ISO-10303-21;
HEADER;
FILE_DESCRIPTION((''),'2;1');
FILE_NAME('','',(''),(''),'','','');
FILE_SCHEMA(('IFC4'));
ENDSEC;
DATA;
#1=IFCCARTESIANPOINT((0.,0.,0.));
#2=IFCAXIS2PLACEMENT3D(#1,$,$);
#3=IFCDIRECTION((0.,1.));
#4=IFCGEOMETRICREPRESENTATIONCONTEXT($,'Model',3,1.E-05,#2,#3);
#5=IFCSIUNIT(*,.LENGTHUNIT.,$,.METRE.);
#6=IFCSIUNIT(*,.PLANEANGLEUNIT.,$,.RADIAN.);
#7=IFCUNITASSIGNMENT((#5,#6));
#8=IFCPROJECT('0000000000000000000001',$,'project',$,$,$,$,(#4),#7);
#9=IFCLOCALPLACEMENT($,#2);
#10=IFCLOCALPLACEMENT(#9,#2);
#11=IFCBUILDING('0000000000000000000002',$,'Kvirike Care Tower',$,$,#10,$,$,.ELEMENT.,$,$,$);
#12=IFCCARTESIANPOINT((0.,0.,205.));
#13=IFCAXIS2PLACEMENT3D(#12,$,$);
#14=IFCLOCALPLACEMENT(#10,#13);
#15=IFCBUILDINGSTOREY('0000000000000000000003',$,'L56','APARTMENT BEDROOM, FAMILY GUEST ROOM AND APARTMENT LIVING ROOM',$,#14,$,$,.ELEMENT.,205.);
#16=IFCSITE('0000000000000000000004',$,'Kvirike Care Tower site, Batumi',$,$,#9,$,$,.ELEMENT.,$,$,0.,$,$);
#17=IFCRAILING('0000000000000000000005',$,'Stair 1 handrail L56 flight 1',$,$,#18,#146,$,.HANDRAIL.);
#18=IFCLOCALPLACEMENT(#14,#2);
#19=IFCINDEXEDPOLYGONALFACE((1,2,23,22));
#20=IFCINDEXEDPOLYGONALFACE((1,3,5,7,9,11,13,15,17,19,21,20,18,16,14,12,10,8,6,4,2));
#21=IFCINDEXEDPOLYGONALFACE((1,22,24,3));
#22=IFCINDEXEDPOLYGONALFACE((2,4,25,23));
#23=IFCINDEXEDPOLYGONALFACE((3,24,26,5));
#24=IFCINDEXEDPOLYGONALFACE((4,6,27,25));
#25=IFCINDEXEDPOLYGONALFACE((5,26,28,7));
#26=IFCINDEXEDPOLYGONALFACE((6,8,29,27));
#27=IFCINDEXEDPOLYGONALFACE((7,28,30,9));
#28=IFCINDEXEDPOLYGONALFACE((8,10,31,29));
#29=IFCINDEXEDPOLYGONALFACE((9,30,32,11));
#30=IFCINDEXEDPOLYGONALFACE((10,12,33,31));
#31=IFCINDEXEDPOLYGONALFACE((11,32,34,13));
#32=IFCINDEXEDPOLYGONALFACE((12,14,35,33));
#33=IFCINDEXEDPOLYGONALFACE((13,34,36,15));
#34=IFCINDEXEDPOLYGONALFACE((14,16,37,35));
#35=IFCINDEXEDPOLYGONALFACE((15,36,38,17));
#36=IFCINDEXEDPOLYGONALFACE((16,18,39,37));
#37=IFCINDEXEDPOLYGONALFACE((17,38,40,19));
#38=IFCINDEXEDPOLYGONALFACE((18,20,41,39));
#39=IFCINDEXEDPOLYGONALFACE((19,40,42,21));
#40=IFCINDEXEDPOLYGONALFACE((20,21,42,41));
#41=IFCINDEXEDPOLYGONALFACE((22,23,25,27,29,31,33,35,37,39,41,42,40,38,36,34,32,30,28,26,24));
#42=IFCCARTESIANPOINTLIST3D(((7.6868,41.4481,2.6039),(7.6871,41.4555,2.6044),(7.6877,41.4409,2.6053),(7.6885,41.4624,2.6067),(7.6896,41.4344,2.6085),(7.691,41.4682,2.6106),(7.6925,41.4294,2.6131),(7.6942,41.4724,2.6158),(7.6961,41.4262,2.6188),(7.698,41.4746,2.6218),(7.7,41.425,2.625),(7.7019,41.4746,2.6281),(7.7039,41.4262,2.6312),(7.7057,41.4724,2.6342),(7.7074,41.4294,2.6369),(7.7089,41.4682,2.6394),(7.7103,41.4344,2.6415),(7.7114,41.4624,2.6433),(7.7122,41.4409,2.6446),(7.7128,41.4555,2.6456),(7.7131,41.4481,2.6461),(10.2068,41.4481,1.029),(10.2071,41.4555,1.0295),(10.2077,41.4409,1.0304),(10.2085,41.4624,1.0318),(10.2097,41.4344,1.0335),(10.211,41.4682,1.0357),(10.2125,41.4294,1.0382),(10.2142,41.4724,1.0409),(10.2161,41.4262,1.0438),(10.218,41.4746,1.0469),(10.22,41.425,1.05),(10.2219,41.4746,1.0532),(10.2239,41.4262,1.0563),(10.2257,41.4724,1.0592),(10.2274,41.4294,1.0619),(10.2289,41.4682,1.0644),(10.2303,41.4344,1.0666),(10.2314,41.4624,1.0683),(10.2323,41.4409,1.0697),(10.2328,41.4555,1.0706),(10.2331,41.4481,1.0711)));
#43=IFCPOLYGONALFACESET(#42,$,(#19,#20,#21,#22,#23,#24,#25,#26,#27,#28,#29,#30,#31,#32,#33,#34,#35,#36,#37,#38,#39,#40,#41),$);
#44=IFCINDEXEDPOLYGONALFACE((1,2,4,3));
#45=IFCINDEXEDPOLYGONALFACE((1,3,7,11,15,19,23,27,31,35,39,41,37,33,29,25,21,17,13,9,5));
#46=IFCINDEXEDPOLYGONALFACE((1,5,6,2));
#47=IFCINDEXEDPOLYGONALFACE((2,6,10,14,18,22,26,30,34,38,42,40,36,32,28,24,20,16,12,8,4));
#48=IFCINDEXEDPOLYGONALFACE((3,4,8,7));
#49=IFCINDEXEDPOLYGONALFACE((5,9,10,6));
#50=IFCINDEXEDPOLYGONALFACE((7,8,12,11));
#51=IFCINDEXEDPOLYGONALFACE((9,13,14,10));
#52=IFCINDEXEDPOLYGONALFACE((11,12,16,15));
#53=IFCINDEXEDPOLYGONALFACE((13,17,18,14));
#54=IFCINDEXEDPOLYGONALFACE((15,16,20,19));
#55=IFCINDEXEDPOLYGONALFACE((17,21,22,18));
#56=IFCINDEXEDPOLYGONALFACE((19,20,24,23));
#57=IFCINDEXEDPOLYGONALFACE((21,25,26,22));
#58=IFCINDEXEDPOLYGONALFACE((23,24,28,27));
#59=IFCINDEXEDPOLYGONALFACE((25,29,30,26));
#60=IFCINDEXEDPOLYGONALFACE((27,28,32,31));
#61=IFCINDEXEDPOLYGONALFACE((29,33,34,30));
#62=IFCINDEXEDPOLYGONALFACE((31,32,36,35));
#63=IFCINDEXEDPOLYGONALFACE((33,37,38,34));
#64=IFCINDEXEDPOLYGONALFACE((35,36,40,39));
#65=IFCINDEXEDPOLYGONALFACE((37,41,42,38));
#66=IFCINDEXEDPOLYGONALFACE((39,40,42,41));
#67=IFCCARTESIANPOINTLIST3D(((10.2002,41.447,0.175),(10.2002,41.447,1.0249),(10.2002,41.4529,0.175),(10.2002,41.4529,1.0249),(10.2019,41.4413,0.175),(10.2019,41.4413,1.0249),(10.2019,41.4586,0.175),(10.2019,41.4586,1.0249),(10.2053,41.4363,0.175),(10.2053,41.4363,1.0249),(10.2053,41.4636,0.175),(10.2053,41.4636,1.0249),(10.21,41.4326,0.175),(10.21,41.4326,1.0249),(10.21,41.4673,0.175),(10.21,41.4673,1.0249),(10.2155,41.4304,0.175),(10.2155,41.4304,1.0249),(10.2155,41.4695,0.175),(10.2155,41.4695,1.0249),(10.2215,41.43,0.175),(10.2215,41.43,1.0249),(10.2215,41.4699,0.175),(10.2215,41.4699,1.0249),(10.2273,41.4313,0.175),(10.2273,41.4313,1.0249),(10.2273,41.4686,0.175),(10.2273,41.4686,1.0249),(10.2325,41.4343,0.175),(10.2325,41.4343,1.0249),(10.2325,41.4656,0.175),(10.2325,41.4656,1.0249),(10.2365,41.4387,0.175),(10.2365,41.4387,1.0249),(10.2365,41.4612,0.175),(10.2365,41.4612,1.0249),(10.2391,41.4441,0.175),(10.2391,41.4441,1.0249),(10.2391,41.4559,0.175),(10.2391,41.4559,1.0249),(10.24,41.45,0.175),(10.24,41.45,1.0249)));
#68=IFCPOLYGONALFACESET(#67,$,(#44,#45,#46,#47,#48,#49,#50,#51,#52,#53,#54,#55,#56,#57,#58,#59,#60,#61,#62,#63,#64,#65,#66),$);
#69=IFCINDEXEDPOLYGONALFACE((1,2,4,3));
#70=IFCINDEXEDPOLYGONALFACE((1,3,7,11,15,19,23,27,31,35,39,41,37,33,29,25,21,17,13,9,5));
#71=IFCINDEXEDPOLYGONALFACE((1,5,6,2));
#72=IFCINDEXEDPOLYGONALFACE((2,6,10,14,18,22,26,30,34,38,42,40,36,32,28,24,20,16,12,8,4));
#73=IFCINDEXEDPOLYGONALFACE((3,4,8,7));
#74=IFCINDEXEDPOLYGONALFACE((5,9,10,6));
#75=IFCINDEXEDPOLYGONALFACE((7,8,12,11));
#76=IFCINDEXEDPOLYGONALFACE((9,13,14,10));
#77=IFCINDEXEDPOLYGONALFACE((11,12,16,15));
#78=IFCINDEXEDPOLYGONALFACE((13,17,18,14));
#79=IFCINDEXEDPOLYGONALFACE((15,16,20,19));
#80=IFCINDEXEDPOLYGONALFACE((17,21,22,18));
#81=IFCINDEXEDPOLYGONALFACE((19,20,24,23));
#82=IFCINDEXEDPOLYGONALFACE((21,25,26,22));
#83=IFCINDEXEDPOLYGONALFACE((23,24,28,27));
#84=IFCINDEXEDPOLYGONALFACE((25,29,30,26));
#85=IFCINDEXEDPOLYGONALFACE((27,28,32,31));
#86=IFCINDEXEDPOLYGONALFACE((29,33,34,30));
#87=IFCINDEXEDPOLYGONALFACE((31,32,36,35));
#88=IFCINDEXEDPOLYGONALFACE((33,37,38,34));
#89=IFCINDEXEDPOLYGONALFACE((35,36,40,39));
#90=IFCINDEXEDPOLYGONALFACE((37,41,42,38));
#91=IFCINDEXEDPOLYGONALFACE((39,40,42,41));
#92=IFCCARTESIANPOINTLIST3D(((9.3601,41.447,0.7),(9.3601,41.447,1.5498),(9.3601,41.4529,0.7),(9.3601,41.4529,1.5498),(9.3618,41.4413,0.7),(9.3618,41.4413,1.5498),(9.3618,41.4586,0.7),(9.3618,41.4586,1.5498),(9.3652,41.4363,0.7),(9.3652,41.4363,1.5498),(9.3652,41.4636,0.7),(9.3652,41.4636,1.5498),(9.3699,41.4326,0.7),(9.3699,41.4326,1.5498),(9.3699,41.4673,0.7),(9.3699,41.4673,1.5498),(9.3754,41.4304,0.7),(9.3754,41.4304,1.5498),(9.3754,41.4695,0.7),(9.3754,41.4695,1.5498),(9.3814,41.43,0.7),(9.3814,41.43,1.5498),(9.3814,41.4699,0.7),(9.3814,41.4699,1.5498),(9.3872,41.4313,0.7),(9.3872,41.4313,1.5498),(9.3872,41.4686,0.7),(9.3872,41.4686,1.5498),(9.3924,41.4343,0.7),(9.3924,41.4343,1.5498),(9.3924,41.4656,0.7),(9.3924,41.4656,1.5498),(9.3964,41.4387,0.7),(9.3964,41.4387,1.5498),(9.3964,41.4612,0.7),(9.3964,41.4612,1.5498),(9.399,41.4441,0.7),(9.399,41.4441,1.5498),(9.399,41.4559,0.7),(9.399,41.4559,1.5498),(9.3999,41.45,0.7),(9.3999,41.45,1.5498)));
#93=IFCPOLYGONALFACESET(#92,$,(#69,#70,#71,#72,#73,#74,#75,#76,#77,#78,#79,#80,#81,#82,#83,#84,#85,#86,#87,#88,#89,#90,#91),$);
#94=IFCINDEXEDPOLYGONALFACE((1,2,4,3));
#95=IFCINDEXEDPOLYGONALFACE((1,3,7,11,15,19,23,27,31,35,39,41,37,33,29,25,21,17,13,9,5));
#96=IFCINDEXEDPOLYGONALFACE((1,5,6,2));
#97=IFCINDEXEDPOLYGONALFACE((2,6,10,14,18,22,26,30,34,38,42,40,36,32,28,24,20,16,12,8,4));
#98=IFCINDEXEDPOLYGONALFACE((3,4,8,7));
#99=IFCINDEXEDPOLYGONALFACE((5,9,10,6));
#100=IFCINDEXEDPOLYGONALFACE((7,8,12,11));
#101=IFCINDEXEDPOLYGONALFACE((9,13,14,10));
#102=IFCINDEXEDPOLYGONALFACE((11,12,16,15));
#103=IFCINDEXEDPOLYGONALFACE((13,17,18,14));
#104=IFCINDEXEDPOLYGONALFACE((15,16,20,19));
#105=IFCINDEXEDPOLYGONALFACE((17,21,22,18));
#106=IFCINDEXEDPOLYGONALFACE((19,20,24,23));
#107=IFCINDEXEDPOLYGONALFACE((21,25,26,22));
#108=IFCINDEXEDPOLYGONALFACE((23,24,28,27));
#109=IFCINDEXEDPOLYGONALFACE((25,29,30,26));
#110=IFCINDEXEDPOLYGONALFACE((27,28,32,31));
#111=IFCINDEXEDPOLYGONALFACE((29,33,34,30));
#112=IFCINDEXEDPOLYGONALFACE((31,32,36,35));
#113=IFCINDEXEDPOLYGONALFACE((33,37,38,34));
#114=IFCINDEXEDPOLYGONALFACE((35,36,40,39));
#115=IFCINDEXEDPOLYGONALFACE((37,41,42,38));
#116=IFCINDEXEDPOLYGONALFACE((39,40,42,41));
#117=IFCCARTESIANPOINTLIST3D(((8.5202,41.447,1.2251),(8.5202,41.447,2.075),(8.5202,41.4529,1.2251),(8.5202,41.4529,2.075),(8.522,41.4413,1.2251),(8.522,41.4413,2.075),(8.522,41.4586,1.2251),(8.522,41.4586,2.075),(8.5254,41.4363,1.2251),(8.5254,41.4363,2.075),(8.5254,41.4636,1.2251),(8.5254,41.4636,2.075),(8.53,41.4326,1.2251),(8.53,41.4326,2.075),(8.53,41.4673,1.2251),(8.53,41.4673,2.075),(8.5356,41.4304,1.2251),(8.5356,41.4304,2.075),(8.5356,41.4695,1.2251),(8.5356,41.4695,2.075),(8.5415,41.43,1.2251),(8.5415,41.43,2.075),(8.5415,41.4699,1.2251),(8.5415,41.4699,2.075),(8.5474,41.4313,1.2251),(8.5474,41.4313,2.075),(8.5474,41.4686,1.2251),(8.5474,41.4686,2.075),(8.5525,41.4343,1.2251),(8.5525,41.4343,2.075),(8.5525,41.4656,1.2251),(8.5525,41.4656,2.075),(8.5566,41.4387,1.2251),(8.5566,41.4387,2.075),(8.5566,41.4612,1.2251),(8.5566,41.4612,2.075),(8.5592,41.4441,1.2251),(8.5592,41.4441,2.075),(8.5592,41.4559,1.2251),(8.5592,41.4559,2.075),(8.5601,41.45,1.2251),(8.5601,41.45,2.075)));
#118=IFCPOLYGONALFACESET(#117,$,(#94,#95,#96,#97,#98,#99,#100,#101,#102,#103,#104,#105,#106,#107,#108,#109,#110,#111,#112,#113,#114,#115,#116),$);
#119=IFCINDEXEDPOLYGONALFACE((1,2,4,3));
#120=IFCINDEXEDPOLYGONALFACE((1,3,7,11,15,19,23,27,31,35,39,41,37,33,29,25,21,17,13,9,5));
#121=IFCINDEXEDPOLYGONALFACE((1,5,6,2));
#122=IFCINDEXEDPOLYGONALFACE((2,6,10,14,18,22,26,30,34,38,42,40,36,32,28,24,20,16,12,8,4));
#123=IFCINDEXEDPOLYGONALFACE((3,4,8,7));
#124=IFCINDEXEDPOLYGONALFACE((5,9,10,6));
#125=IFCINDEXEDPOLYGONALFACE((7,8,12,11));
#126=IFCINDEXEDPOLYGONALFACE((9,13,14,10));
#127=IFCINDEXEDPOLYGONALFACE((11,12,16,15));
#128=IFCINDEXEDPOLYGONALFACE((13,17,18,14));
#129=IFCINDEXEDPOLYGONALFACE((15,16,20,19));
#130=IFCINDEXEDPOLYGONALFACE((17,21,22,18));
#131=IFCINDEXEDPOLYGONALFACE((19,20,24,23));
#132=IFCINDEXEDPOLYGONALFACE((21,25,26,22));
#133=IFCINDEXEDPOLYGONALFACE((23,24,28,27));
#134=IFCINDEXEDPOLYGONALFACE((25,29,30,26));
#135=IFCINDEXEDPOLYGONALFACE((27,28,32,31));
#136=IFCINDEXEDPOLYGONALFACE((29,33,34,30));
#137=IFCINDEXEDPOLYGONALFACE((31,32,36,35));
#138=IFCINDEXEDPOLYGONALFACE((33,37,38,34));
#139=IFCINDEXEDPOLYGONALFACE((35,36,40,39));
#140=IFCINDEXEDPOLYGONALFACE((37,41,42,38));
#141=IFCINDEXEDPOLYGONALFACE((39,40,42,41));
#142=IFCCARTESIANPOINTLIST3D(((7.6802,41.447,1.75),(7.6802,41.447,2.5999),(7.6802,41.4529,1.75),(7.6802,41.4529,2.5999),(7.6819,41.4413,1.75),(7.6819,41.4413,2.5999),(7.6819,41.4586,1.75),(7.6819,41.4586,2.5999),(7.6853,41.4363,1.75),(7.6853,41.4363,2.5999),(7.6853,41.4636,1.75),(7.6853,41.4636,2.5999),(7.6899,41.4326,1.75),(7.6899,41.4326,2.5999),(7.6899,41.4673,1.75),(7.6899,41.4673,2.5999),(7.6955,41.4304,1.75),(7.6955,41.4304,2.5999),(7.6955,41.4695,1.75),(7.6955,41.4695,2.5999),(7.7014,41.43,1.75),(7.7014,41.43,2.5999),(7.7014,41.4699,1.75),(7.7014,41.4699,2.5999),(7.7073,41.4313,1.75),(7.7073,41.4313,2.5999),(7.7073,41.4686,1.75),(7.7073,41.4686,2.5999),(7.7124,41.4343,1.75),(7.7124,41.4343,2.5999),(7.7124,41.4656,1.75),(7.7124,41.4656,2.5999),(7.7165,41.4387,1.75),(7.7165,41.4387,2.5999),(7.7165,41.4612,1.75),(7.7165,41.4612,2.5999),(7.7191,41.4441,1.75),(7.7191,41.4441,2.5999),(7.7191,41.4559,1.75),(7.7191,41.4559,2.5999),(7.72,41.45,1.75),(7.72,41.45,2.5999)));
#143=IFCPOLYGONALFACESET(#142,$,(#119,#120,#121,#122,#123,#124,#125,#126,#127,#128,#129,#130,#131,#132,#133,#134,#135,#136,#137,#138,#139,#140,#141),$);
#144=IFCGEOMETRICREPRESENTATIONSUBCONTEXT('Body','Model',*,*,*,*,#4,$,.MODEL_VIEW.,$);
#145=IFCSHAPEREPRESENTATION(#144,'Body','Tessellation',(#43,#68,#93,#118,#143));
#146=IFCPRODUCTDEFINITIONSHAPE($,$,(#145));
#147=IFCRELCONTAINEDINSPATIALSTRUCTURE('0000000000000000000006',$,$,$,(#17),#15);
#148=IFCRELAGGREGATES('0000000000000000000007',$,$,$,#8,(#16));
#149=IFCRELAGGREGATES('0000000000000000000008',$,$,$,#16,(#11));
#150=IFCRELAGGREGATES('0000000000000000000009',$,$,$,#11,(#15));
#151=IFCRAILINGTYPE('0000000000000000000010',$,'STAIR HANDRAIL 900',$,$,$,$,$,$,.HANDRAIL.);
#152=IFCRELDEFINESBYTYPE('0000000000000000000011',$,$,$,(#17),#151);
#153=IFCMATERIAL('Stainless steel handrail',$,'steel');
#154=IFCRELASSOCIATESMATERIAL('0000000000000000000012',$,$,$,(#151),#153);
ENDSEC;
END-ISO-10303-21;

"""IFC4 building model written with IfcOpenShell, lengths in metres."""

from ifc_helpers import new_model, si_unit, direction, frame, origin, origin_2d, place, context, subcontext, project, spatial, circle, extrude, material, type_object, element, save


model = new_model("IFC4")

# Units and contexts
model_context = context("Model", 3, precision=1e-05, world=origin(), true_north=direction((0.0, 1.0)))
body_context = subcontext(model_context, "Body", "Model", "MODEL_VIEW")
ifc_project = project(units=[si_unit("LENGTHUNIT", "METRE"), si_unit("PLANEANGLEUNIT", "RADIAN")], contexts=[model_context])

# Site, building, storey
site_placement = place(None, origin())
site = spatial("IfcSite", under=ifc_project, at=site_placement, Name="Kvirike Care Tower site, Batumi", CompositionType="ELEMENT", RefElevation=0.0)
building_placement = place(site_placement, origin())
building = spatial("IfcBuilding", under=site, at=building_placement, Name="Kvirike Care Tower", CompositionType="ELEMENT")
storey_placement = place(building_placement, frame((0.0, 0.0, 205.0)))
storey = spatial("IfcBuildingStorey", under=building, at=storey_placement, Name="L56", Description="APARTMENT BEDROOM, FAMILY GUEST ROOM AND APARTMENT LIVING ROOM", CompositionType="ELEMENT", Elevation=205.0)

# Railing
ifc_material_1 = material(Name="Stainless steel handrail", Category="steel")
railing_type = type_object("IfcRailingType", Name="STAIR HANDRAIL 900", PredefinedType="HANDRAIL", material=ifc_material_1)
railing_1_placement = place(storey_placement, frame((10.22, 41.45, 0.175)))
element("IfcRailing", 1, at=railing_1_placement, inside=storey, type_object=railing_type, Name="Stair 1 handrail L56 flight 1", PredefinedType="HANDRAIL", context=body_context, shape_type="SweptSolid", body=[
    extrude(circle(Radius=0.0249, at=origin_2d()), frame((0.0, 0.0, 0.875), z_axis=(-0.848008, 0.0, 0.529984), x_axis=(0.0, -1.0, 0.0)), (0.0, 0.0, 1.0), 2.9717),
    extrude(circle(Radius=0.02, at=origin_2d()), origin(), (0.0, 0.0, 1.0), 0.8499),
    extrude(circle(Radius=0.02, at=origin_2d()), frame((-0.8401, 0.0, 0.5249)), (0.0, 0.0, 1.0), 0.8499),
    extrude(circle(Radius=0.02, at=origin_2d()), frame((-1.6799, 0.0, 1.05)), (0.0, 0.0, 1.0), 0.8499),
    extrude(circle(Radius=0.02, at=origin_2d()), frame((-2.52, 0.0, 1.575)), (0.0, 0.0, 1.0), 0.8499),
])

save(model, "model.ifc")
